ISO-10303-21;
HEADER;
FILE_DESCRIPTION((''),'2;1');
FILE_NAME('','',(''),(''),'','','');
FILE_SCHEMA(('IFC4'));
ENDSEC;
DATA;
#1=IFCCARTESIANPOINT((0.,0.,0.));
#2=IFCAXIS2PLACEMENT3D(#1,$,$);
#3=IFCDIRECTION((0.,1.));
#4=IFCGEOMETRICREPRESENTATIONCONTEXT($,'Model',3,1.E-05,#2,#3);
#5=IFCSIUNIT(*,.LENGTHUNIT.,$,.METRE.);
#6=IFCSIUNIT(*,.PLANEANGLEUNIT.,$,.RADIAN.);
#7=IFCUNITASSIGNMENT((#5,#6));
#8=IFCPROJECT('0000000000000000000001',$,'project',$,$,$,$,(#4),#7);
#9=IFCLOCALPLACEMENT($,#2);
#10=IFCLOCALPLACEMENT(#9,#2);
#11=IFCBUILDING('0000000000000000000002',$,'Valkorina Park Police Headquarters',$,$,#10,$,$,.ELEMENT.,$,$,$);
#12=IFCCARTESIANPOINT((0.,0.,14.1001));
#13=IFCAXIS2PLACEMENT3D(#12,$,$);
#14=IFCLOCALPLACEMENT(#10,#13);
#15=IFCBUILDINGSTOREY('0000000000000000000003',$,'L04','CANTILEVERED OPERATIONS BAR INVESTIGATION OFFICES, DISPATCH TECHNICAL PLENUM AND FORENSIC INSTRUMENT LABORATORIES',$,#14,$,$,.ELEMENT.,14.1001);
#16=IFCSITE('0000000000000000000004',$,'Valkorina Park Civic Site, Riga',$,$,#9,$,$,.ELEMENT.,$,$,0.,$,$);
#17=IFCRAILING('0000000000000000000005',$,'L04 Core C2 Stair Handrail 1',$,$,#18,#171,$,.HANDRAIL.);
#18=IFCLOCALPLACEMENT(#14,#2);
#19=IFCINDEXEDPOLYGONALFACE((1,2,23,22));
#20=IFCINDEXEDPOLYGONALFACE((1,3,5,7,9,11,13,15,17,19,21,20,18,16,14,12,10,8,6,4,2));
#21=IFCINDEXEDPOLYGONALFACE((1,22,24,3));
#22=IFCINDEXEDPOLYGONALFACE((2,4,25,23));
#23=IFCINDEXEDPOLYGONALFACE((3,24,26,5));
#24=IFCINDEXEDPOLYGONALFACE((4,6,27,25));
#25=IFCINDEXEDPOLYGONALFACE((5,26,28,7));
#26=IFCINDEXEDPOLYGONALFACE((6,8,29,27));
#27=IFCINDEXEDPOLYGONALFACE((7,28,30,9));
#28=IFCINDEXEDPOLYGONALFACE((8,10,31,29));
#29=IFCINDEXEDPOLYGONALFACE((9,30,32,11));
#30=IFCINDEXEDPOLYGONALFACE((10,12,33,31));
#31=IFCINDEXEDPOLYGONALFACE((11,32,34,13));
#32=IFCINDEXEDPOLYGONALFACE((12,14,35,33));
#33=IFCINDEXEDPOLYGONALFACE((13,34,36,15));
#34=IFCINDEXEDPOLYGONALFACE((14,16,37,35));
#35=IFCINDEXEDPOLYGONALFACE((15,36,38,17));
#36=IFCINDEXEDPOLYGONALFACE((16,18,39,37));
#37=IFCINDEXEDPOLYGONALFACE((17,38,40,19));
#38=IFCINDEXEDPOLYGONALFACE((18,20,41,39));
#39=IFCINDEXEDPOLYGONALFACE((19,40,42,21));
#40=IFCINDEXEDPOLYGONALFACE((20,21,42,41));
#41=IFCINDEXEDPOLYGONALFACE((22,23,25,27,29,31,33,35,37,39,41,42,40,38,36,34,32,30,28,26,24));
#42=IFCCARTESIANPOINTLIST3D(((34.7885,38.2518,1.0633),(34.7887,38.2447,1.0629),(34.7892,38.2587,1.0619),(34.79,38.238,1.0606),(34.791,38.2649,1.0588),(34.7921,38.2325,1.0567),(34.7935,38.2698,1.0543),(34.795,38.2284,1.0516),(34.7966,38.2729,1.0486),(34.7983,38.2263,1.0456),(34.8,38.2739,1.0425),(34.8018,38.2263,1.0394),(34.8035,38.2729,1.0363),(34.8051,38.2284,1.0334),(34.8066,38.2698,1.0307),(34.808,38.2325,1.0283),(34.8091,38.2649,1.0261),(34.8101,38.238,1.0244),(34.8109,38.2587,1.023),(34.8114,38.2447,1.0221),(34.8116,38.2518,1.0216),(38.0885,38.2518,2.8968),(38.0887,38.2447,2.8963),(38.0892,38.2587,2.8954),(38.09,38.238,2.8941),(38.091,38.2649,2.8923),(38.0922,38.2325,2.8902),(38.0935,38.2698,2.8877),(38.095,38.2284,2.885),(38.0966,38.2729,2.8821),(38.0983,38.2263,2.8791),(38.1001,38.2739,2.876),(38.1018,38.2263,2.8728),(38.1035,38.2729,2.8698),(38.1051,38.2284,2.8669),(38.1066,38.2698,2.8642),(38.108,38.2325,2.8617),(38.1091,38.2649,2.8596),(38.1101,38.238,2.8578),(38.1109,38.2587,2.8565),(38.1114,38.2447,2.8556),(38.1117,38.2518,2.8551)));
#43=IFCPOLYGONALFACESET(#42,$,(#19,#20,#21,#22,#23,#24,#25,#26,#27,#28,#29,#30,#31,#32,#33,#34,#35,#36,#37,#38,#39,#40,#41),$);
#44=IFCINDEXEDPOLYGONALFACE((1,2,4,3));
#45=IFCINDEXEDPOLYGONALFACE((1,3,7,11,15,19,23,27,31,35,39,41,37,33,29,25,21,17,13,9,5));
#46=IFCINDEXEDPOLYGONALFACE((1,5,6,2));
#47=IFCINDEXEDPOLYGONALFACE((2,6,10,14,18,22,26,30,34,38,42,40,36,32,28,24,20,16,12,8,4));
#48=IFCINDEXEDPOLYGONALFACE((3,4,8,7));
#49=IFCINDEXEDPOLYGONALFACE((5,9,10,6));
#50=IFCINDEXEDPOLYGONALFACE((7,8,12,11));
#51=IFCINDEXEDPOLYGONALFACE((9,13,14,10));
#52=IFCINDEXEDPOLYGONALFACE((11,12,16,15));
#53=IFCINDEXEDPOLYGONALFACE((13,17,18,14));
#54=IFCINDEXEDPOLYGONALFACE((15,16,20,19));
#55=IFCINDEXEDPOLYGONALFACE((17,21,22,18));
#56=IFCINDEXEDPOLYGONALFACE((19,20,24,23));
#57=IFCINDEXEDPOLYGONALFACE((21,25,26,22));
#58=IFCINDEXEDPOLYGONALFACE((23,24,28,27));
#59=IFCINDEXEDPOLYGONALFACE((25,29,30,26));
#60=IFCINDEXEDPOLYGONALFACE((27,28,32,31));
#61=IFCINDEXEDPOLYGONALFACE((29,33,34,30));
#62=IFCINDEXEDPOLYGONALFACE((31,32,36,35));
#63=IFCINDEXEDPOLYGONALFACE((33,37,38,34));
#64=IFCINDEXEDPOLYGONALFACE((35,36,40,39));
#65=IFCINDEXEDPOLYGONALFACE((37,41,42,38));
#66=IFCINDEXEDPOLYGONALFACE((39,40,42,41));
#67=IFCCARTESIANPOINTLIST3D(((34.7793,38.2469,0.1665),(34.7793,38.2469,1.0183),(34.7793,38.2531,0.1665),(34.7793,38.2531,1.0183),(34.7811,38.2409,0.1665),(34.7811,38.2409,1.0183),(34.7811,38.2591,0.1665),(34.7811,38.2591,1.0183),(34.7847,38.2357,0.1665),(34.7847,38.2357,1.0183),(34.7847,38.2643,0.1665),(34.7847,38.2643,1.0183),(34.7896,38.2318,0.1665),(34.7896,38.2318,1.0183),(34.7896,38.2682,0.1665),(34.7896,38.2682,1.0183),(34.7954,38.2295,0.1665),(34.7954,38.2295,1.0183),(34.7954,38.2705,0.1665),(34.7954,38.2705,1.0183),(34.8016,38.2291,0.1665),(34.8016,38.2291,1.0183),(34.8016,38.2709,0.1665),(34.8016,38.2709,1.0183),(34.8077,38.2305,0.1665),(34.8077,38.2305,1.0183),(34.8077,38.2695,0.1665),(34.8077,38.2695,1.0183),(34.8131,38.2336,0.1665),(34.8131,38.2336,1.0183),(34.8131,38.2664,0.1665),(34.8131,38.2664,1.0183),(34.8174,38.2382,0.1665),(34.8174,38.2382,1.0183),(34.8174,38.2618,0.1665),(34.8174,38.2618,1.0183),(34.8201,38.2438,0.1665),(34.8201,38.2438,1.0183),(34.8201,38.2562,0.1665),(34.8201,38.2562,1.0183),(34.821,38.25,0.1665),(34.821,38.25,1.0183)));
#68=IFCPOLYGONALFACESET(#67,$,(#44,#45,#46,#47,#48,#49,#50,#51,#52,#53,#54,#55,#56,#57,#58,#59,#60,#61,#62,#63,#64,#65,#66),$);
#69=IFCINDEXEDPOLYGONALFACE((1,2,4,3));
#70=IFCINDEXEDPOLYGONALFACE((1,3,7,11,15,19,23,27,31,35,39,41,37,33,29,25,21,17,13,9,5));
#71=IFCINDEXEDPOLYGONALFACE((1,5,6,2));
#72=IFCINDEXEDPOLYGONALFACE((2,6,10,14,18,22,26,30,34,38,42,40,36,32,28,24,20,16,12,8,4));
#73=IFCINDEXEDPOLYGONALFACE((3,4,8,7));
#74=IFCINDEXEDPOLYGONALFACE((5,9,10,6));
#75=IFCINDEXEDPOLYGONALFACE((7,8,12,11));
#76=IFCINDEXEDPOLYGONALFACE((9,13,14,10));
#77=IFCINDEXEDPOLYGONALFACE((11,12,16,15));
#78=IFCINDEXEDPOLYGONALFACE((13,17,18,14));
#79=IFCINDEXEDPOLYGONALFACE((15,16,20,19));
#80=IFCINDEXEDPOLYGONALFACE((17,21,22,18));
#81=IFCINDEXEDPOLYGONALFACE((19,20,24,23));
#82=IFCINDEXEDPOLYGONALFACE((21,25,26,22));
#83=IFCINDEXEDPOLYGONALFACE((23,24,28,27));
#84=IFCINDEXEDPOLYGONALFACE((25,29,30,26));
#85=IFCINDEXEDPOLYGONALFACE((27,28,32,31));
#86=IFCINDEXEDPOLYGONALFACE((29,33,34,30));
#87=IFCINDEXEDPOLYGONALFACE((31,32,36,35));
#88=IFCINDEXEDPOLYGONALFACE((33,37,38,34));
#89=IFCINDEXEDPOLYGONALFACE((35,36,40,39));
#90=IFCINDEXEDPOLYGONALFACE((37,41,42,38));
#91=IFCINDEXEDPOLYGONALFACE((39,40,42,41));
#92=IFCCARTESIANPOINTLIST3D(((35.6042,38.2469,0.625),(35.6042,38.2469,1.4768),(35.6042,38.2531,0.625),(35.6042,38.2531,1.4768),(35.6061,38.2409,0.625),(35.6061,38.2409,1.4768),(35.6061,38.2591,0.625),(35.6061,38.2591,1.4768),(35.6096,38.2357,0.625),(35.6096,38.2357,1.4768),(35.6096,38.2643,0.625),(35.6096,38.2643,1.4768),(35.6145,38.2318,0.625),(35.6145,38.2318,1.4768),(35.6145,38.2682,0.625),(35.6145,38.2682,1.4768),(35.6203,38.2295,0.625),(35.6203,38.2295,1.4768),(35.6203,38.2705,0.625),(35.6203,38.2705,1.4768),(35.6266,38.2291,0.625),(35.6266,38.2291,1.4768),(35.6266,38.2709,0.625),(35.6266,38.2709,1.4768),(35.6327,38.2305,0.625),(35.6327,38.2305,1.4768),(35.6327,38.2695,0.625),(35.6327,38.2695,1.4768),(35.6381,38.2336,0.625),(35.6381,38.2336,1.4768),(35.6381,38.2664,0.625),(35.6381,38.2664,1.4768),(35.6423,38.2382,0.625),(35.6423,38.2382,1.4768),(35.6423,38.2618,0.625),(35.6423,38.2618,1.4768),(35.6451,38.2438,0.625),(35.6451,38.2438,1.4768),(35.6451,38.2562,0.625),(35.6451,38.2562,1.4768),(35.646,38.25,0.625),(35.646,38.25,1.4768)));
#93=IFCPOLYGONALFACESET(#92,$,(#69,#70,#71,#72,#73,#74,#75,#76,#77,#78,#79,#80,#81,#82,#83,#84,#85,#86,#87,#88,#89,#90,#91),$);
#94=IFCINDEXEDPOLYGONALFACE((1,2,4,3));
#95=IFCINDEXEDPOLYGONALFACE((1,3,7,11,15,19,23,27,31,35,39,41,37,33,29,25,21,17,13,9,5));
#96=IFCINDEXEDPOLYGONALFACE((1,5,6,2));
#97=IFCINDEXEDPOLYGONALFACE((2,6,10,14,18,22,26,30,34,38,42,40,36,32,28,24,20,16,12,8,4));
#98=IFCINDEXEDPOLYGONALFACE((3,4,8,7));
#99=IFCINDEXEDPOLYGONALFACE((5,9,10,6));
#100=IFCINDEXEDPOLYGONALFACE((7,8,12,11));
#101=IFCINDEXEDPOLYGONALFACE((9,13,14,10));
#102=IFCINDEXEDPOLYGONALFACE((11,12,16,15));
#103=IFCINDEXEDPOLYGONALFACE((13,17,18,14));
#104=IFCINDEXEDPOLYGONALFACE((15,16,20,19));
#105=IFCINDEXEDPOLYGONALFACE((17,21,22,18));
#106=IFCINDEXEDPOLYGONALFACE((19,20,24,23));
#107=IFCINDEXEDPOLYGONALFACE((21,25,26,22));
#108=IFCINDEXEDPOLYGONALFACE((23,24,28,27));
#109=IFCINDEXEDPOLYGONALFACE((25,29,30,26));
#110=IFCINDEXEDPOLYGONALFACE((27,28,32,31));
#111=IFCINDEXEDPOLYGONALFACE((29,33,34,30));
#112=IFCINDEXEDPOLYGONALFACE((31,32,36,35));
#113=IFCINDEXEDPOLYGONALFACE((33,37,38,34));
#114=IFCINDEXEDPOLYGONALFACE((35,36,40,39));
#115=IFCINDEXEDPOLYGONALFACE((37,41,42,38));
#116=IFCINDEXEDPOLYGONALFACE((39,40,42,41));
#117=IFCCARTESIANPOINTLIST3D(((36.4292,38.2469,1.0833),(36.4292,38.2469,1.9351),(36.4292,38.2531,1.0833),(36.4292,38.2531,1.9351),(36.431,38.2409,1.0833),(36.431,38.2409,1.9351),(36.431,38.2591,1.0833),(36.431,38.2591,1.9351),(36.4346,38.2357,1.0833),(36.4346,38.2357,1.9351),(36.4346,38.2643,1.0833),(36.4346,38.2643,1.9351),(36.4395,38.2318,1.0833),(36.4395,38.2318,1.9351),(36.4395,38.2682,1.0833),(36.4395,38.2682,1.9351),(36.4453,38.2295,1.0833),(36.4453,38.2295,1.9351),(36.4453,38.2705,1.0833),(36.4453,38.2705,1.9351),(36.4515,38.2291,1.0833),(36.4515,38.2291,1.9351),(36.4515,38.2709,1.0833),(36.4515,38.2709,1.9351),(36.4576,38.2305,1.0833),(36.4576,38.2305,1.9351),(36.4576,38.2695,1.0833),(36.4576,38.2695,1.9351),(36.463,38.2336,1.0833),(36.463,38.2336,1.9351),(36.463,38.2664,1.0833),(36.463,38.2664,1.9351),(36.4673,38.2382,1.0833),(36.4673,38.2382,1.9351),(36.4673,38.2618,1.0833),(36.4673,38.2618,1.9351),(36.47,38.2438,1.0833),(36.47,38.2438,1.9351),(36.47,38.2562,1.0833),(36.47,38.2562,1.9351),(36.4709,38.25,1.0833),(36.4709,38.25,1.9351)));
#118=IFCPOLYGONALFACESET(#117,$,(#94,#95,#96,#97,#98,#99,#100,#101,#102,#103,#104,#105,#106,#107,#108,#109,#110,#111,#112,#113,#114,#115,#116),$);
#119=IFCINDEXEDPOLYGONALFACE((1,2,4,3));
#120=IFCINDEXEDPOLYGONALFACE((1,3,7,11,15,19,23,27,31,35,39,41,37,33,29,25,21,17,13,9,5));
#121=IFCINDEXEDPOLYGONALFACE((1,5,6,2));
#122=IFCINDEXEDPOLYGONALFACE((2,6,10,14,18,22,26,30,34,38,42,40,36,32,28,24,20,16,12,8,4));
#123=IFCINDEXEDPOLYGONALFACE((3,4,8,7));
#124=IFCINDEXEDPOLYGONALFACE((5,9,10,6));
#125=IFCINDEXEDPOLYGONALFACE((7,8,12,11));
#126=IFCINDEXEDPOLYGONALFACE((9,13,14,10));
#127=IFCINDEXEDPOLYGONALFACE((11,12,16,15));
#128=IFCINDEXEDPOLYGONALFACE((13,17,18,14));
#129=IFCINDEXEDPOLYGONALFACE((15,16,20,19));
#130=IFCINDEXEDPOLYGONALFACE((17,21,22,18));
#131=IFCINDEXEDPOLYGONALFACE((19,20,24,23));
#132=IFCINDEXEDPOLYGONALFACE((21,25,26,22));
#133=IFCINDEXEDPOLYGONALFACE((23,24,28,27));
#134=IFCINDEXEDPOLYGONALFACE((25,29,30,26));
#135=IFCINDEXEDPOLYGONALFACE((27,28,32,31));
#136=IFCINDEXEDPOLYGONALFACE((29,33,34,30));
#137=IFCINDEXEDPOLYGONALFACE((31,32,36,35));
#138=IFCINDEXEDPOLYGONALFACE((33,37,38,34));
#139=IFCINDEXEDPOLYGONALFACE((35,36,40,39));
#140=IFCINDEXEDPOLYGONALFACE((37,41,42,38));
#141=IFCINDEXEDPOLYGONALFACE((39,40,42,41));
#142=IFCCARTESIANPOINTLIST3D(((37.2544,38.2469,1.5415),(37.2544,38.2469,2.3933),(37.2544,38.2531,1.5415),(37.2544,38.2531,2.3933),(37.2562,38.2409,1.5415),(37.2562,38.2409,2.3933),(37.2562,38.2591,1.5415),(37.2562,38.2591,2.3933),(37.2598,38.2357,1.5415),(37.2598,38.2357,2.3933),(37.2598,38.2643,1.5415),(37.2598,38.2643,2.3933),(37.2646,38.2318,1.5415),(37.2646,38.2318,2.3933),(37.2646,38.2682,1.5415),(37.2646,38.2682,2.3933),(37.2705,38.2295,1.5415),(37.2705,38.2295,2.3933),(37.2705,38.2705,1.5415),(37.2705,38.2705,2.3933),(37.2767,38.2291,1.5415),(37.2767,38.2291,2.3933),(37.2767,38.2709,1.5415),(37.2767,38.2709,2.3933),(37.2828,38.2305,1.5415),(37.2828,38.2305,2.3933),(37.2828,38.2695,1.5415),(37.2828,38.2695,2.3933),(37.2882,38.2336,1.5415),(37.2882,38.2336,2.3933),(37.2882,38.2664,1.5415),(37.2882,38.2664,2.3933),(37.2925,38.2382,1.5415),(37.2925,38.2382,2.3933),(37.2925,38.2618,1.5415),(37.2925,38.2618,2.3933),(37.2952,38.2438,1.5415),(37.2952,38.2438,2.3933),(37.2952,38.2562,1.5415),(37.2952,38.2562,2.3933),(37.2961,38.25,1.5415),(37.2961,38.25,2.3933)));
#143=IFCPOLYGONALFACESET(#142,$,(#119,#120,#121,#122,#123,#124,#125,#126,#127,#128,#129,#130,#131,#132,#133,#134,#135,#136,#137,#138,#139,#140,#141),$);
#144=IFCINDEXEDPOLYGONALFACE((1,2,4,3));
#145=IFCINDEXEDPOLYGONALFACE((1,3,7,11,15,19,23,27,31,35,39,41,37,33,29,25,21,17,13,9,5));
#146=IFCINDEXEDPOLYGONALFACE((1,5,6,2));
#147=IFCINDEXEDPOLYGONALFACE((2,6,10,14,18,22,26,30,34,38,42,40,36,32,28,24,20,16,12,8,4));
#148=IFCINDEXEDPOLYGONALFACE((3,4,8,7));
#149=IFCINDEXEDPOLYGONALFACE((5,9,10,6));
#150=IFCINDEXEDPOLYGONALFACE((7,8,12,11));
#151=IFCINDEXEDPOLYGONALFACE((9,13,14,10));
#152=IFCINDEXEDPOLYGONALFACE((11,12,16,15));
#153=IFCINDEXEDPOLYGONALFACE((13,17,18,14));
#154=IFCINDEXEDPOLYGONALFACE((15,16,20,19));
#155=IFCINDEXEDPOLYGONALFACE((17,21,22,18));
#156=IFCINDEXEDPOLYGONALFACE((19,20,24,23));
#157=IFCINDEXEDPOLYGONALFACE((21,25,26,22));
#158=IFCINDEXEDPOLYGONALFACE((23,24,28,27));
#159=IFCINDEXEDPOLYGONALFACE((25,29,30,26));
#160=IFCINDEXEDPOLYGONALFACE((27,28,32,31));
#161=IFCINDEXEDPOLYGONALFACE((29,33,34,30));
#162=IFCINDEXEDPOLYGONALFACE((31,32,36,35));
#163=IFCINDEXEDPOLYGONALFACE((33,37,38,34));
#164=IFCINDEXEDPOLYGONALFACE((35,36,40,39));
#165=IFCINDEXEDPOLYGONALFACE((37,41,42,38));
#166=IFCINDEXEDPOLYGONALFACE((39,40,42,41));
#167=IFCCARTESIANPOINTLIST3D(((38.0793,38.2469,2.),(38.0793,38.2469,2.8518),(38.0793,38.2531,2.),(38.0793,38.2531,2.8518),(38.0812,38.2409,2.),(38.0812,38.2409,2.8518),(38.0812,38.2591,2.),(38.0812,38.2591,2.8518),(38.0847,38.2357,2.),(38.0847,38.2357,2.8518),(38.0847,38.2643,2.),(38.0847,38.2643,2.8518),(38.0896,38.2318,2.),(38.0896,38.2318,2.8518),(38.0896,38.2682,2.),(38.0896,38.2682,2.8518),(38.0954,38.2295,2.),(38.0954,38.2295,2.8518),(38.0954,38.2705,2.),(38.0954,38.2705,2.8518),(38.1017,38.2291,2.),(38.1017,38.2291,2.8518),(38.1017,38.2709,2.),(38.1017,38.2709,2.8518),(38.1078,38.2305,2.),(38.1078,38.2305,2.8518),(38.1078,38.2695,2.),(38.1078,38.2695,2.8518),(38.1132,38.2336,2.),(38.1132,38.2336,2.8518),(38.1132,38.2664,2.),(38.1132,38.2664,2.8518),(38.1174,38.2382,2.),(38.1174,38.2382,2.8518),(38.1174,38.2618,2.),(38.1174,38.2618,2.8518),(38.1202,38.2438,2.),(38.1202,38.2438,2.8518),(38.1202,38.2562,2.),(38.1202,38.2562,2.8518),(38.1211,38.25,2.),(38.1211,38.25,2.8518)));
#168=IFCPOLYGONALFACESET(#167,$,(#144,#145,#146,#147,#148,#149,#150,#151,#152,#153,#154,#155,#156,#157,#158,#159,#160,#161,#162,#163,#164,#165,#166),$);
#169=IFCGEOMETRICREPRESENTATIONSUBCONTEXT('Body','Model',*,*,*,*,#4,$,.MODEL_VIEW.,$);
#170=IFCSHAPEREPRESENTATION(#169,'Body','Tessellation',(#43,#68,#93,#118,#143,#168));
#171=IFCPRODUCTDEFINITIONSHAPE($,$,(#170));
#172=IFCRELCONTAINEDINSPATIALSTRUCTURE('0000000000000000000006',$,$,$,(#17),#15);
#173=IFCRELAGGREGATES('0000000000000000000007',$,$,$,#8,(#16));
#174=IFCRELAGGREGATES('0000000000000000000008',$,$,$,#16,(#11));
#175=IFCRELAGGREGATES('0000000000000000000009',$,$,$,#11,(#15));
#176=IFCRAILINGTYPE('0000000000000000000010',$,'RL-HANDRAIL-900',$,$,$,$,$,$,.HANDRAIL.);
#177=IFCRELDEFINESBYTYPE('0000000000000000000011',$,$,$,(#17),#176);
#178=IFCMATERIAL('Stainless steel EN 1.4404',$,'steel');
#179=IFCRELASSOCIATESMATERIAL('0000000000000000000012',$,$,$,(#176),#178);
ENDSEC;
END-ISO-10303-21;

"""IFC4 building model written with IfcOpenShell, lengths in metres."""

from ifc_helpers import new_model, si_unit, direction, frame, origin, origin_2d, place, context, subcontext, project, spatial, circle, extrude, material, type_object, element, save


model = new_model("IFC4")

# Units and contexts
model_context = context("Model", 3, precision=1e-05, world=origin(), true_north=direction((0.0, 1.0)))
body_context = subcontext(model_context, "Body", "Model", "MODEL_VIEW")
ifc_project = project(units=[si_unit("LENGTHUNIT", "METRE"), si_unit("PLANEANGLEUNIT", "RADIAN")], contexts=[model_context])

# Site, building, storey
site_placement = place(None, origin())
site = spatial("IfcSite", under=ifc_project, at=site_placement, Name="Valkorina Park Civic Site, Riga", CompositionType="ELEMENT", RefElevation=0.0)
building_placement = place(site_placement, origin())
building = spatial("IfcBuilding", under=site, at=building_placement, Name="Valkorina Park Police Headquarters", CompositionType="ELEMENT")
storey_placement = place(building_placement, frame((0.0, 0.0, 14.1001)))
storey = spatial("IfcBuildingStorey", under=building, at=storey_placement, Name="L04", Description="CANTILEVERED OPERATIONS BAR INVESTIGATION OFFICES, DISPATCH TECHNICAL PLENUM AND FORENSIC INSTRUMENT LABORATORIES", CompositionType="ELEMENT", Elevation=14.1001)

# Railing
ifc_material_1 = material(Name="Stainless steel EN 1.4404", Category="steel")
railing_type_1 = type_object("IfcRailingType", Name="RL-HANDRAIL-900", PredefinedType="HANDRAIL", material=ifc_material_1)
railing_1_placement = place(storey_placement, frame((34.8, 38.25, 0.1665)))
element("IfcRailing", 1, at=railing_1_placement, inside=storey, type_object=railing_type_1, Name="L04 Core C2 Stair Handrail 1", PredefinedType="HANDRAIL", context=body_context, shape_type="SweptSolid", body=[
    extrude(circle(Radius=0.0239, at=origin_2d()), frame((0.0, 0.0, 0.876), z_axis=(0.874142, 0.0, 0.48567), x_axis=(0.0, 1.0, 0.0)), (0.0, 0.0, 1.0), 3.7751),
    extrude(circle(Radius=0.021, at=origin_2d()), origin(), (0.0, 0.0, 1.0), 0.8518),
    extrude(circle(Radius=0.021, at=origin_2d()), frame((0.825, 0.0, 0.4585)), (0.0, 0.0, 1.0), 0.8518),
    extrude(circle(Radius=0.021, at=origin_2d()), frame((1.6499, 0.0, 0.9167)), (0.0, 0.0, 1.0), 0.8518),
    extrude(circle(Radius=0.021, at=origin_2d()), frame((2.4751, 0.0, 1.375)), (0.0, 0.0, 1.0), 0.8518),
    extrude(circle(Radius=0.021, at=origin_2d()), frame((3.3, 0.0, 1.8335)), (0.0, 0.0, 1.0), 0.8518),
])

save(model, "model.ifc")
